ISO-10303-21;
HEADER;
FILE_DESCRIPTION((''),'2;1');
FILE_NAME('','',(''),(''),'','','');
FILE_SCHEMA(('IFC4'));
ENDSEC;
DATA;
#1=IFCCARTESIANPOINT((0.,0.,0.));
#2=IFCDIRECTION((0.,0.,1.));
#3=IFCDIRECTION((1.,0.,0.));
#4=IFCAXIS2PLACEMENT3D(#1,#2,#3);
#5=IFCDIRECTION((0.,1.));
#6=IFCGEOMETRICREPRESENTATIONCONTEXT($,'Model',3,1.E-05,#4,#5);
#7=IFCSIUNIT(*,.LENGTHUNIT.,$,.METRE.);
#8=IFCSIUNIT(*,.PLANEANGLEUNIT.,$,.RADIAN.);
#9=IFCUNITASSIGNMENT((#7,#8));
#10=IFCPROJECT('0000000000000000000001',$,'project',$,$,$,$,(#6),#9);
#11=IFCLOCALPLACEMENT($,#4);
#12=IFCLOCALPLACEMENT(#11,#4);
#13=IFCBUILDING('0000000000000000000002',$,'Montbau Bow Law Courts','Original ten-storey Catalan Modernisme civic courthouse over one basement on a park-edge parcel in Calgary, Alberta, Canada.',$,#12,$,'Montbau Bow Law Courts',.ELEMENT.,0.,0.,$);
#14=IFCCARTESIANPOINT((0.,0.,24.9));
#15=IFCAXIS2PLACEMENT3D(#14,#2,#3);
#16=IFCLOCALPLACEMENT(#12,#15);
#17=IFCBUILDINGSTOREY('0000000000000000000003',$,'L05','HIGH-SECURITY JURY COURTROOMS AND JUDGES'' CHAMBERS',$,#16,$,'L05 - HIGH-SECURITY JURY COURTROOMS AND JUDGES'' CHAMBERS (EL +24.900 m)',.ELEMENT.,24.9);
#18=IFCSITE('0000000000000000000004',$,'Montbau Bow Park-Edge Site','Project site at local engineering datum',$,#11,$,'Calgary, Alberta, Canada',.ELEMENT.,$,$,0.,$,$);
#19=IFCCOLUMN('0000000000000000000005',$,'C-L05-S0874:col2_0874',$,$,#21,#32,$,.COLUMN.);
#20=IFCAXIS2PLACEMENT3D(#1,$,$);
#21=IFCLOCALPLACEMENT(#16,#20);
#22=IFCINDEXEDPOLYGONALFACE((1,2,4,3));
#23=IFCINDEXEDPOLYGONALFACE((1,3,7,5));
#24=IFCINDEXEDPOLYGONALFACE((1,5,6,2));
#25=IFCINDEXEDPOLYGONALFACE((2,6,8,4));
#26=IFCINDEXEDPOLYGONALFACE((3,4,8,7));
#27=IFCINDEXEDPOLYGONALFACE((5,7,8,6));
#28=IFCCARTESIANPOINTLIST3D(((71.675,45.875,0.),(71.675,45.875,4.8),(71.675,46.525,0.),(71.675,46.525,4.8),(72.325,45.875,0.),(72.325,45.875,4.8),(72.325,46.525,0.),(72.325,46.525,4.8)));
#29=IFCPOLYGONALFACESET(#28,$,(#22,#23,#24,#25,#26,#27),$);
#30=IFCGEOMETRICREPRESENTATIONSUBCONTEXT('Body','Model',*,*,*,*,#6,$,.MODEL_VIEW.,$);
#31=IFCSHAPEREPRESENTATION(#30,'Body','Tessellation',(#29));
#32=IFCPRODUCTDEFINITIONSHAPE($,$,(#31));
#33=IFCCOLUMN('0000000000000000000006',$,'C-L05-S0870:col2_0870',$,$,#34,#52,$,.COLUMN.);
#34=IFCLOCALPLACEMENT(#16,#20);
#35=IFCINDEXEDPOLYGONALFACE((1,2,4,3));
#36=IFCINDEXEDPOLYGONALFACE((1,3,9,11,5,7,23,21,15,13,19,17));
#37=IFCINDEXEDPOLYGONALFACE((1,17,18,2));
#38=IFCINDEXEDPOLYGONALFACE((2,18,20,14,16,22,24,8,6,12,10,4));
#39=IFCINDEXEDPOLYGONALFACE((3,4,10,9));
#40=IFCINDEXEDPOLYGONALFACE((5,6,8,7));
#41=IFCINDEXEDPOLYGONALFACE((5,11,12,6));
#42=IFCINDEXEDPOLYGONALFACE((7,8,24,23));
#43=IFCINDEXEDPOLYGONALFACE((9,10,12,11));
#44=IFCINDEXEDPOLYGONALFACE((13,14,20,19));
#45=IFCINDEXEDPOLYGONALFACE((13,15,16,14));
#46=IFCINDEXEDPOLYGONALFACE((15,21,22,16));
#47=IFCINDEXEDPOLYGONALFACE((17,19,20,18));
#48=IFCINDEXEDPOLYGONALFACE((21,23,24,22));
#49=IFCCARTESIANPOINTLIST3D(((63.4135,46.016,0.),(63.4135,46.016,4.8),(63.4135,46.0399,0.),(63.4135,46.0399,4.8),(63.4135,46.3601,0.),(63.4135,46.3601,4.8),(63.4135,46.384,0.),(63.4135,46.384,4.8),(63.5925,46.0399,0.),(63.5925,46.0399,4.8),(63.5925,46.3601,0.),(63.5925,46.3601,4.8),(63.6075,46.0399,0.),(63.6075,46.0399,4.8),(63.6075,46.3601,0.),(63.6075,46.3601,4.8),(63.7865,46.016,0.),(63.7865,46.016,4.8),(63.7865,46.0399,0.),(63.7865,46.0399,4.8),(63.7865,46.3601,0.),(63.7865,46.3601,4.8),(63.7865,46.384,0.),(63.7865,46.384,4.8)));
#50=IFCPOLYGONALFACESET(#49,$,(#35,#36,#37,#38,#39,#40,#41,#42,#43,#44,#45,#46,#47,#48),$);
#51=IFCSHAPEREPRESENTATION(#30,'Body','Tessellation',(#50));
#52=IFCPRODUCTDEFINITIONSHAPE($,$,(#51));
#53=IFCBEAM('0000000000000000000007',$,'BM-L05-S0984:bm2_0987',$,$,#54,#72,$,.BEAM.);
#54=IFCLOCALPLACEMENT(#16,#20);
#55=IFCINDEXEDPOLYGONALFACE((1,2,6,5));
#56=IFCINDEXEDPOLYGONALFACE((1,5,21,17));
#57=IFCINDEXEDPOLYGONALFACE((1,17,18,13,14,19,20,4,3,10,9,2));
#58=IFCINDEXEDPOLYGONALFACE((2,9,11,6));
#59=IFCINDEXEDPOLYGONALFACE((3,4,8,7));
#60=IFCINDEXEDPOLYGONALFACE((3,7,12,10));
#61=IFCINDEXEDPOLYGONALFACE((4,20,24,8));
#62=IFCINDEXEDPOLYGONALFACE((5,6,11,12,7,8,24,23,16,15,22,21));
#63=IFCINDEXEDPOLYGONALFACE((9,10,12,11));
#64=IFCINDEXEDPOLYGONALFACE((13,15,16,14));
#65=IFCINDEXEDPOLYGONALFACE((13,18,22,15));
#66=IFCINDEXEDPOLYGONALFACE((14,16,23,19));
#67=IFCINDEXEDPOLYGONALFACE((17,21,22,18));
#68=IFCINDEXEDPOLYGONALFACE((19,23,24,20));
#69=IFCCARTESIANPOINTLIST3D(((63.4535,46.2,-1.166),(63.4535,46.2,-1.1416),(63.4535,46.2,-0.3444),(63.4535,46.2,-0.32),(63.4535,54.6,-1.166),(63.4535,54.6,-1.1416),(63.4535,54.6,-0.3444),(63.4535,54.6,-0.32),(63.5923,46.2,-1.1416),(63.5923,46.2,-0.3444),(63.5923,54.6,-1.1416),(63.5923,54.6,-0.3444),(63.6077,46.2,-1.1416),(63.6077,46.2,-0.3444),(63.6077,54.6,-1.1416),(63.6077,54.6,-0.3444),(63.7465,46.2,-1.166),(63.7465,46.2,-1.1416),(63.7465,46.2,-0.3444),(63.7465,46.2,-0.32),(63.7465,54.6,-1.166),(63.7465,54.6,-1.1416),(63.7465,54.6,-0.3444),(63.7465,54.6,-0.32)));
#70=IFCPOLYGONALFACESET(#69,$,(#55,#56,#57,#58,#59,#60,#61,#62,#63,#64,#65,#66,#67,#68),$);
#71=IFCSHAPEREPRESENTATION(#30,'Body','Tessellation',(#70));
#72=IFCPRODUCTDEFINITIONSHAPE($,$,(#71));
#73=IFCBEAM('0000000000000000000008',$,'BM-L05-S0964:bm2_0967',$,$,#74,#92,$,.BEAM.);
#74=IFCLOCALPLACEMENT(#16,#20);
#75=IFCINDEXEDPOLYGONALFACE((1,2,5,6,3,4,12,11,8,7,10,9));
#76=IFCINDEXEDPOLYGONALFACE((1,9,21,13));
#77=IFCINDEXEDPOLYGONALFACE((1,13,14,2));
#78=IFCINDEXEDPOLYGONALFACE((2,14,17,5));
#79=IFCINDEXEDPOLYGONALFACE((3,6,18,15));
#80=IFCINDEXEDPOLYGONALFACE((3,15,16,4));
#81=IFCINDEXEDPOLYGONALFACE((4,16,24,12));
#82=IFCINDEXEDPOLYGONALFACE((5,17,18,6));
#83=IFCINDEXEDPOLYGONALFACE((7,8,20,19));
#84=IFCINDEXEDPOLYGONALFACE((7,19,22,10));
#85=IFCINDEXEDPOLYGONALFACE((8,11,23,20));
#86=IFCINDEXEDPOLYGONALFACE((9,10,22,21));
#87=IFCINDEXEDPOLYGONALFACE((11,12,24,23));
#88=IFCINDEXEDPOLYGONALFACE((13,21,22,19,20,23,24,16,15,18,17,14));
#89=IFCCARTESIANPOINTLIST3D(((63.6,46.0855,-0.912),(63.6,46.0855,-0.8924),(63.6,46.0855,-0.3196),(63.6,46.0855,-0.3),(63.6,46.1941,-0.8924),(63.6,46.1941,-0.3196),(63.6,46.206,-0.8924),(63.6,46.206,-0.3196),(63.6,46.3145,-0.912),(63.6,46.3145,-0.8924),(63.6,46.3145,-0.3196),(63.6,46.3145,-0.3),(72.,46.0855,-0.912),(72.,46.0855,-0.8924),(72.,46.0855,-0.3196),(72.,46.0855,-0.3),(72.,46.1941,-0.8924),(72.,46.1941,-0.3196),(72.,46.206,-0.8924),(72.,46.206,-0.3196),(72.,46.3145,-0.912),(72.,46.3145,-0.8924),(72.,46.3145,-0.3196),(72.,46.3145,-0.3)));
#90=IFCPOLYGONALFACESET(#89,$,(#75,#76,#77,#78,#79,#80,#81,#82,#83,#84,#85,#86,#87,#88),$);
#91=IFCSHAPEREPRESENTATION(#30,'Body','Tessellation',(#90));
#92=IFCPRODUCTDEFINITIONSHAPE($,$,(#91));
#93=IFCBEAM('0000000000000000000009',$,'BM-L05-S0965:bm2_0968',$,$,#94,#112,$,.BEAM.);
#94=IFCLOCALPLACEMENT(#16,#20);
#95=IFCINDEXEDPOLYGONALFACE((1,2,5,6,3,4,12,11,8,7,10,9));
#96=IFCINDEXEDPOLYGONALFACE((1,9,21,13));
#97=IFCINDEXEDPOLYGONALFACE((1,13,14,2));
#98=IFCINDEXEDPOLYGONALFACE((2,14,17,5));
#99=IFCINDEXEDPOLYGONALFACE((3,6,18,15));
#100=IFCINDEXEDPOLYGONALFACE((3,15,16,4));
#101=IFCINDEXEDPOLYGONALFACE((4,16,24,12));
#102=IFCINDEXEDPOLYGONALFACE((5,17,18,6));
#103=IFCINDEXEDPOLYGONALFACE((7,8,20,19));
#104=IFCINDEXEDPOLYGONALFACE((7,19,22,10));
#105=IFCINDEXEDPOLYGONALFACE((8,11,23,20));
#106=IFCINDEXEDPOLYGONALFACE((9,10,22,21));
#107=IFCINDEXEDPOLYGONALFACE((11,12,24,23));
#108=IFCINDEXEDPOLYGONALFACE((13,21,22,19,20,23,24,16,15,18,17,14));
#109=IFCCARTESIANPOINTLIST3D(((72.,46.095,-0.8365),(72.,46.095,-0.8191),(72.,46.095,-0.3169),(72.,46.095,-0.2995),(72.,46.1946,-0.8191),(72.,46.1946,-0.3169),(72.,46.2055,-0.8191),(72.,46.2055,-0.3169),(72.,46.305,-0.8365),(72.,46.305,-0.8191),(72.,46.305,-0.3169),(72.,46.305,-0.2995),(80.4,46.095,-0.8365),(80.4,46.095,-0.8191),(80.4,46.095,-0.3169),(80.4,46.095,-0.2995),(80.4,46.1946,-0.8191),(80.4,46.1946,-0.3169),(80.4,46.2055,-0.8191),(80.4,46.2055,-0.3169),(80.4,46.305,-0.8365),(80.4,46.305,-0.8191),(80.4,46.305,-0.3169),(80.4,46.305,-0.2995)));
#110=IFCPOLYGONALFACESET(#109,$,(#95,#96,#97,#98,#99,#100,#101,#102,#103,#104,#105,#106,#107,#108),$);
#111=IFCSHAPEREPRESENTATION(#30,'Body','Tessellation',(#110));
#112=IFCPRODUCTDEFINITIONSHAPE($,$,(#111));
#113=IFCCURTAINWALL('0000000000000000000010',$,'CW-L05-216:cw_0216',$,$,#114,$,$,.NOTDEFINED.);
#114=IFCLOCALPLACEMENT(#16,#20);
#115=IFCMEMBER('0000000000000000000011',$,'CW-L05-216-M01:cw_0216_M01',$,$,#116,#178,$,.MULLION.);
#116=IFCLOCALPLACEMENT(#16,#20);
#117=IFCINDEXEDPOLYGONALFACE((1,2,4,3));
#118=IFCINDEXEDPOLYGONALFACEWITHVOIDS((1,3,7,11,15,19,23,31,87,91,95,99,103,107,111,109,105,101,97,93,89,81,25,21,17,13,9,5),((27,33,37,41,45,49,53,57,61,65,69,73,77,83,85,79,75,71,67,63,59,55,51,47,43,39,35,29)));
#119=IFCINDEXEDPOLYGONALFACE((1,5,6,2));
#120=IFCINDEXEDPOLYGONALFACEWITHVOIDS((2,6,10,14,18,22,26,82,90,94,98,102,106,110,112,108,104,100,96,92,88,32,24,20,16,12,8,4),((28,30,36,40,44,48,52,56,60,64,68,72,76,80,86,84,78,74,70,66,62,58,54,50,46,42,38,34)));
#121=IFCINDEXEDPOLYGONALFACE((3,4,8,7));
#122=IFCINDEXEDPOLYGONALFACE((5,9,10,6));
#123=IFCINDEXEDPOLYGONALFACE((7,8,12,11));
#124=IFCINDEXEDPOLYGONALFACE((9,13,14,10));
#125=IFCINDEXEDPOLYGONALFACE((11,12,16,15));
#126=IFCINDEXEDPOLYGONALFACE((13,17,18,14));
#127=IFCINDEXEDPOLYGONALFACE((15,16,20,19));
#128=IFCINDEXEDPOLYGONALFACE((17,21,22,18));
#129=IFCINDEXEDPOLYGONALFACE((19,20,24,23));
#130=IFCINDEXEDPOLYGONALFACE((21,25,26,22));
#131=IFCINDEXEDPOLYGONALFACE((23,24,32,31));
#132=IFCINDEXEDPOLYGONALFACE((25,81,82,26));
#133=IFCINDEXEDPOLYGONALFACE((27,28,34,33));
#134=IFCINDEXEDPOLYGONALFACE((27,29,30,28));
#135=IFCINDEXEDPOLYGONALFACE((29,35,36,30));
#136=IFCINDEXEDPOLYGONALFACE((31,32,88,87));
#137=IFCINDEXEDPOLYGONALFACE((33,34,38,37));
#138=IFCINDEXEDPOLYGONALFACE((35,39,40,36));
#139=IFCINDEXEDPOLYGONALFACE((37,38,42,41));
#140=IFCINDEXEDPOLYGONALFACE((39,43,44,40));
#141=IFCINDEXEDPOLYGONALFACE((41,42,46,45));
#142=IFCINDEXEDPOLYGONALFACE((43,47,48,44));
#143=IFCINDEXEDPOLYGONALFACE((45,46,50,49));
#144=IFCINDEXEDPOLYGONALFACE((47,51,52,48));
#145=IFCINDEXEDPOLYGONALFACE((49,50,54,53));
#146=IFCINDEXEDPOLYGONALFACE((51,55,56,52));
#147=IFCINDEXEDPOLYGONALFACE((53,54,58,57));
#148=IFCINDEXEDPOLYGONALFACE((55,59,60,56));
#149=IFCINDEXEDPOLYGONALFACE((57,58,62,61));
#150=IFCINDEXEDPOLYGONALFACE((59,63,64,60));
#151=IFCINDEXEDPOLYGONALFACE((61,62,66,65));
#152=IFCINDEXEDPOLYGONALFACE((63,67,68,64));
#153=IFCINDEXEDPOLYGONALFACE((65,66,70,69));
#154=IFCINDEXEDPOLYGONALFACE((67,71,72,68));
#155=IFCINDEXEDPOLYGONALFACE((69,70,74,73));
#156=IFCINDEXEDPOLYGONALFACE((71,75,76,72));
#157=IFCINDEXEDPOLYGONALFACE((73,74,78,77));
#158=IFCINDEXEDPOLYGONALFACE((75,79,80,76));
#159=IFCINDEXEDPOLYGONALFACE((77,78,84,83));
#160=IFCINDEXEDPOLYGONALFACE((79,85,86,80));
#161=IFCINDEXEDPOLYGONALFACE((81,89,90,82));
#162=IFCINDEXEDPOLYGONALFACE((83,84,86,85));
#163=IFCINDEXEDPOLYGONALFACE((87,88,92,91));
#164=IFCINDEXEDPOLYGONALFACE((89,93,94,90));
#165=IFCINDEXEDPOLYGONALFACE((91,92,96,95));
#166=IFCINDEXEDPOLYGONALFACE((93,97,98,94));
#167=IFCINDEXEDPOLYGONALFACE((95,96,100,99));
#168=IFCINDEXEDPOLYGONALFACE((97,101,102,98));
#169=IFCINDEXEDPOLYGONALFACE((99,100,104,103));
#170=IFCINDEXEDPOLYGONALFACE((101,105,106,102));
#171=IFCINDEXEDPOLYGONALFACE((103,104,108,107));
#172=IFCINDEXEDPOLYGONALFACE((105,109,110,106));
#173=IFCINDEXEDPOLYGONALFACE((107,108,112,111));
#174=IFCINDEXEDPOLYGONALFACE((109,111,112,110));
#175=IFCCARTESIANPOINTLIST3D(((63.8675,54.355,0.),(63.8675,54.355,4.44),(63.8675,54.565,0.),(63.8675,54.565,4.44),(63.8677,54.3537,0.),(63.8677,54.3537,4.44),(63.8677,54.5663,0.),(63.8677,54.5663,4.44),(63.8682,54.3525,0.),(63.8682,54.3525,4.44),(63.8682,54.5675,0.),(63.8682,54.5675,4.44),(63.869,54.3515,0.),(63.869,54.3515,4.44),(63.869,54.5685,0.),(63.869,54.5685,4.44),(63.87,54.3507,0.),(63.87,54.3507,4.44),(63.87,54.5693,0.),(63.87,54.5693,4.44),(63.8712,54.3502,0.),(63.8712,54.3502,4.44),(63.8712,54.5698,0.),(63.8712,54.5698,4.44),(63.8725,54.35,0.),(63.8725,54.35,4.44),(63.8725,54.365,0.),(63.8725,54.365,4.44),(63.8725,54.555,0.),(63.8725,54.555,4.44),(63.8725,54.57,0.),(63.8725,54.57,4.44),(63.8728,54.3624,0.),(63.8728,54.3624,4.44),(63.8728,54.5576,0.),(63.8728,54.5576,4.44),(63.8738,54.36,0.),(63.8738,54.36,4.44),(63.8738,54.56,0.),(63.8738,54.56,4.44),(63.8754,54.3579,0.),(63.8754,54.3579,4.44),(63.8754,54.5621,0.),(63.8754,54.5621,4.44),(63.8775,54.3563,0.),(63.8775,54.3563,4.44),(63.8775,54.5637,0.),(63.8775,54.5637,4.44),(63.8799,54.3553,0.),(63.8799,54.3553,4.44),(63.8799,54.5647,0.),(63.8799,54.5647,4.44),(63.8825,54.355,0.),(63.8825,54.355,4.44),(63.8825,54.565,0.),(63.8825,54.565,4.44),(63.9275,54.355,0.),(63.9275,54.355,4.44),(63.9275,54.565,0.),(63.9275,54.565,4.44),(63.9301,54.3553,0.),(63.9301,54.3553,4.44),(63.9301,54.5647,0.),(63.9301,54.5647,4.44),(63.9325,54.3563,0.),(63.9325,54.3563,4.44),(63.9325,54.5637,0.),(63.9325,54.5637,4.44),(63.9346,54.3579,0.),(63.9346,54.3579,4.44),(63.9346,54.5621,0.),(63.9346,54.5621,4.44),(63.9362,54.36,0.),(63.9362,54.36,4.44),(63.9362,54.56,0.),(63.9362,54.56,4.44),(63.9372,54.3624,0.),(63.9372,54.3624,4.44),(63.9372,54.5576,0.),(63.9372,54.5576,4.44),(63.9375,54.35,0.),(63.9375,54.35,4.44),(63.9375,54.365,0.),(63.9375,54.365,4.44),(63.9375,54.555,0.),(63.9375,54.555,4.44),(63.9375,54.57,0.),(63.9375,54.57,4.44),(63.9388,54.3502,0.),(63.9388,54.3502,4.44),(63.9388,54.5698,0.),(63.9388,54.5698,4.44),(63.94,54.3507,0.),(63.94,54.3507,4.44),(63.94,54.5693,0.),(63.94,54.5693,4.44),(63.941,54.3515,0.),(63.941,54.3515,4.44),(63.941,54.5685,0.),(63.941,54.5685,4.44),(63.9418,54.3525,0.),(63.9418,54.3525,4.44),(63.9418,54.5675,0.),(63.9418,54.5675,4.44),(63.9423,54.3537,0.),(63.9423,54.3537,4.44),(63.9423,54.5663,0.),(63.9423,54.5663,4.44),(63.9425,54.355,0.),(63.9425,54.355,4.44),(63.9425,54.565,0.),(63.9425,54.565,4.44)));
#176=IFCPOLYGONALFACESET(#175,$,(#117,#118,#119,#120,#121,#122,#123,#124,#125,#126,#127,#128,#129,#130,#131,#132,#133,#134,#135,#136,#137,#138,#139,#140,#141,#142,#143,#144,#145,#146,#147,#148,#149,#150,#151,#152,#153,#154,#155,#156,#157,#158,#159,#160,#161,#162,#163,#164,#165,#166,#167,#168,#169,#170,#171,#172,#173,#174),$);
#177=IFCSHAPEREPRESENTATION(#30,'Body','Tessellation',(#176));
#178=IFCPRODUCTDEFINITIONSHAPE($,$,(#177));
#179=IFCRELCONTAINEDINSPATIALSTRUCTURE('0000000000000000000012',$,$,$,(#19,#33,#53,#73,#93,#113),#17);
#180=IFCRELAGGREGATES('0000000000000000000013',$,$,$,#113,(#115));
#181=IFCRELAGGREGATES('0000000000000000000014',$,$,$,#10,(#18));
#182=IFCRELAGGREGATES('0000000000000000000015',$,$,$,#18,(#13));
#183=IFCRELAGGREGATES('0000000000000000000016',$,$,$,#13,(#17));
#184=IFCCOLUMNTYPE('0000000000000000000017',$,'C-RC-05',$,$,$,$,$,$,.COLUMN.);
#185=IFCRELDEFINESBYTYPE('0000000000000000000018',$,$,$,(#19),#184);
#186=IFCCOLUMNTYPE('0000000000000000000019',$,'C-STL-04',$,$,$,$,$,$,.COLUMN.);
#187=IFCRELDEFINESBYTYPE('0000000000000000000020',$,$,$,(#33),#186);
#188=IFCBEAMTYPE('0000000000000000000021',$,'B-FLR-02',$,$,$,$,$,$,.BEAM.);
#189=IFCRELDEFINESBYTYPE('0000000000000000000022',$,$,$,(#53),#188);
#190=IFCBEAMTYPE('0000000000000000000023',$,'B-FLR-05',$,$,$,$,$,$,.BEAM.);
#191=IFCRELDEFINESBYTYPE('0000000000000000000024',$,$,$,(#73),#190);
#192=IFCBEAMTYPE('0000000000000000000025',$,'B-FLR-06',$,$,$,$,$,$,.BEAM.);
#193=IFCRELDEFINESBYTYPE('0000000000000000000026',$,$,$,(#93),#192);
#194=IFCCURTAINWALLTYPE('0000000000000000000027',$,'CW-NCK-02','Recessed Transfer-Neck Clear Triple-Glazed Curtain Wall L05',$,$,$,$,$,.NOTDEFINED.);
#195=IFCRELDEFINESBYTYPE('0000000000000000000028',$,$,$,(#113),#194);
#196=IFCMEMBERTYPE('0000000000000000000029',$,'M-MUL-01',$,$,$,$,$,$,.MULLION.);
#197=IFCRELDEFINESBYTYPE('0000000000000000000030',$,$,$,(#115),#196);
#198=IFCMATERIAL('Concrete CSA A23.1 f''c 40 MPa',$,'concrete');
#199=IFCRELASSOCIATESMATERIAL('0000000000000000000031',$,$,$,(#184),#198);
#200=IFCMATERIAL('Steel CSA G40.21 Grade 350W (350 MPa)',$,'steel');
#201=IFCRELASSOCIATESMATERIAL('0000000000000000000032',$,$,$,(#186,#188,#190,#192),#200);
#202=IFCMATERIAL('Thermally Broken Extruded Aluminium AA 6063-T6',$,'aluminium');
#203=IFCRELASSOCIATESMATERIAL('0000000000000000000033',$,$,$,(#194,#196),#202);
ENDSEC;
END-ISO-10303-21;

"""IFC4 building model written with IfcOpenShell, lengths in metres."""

from ifc_helpers import new_model, si_unit, direction, frame, origin_with_axes, origin_2d_with_axis, place, context, subcontext, project, spatial, rectangle, hollow_rectangle, i_section, extrude, material, material_profile, profile_set, type_object, element, aggregate, save


model = new_model("IFC4")

# Units and contexts
model_context = context("Model", 3, precision=1e-05, world=origin_with_axes(), true_north=direction((0.0, 1.0)))
body_context = subcontext(model_context, "Body", "Model", "MODEL_VIEW")
ifc_project = project(units=[si_unit("LENGTHUNIT", "METRE"), si_unit("PLANEANGLEUNIT", "RADIAN")], contexts=[model_context])

# Site, building, storey
site_placement = place(None, origin_with_axes())
site = spatial("IfcSite", under=ifc_project, at=site_placement, Name="Montbau Bow Park-Edge Site", Description="Project site at local engineering datum", LongName="Calgary, Alberta, Canada", CompositionType="ELEMENT", RefElevation=0.0)
building_placement = place(site_placement, origin_with_axes())
building = spatial("IfcBuilding", under=site, at=building_placement, Name="Montbau Bow Law Courts", Description="Original ten-storey Catalan Modernisme civic courthouse over one basement on a park-edge parcel in Calgary, Alberta, Canada.", LongName="Montbau Bow Law Courts", CompositionType="ELEMENT", ElevationOfRefHeight=0.0, ElevationOfTerrain=0.0)
storey_placement = place(building_placement, frame((0.0, 0.0, 24.9), z_axis=(0.0, 0.0, 1.0), x_axis=(1.0, 0.0, 0.0)))
storey = spatial("IfcBuildingStorey", under=building, at=storey_placement, Name="L05", Description="HIGH-SECURITY JURY COURTROOMS AND JUDGES' CHAMBERS", LongName="L05 - HIGH-SECURITY JURY COURTROOMS AND JUDGES' CHAMBERS (EL +24.900 m)", CompositionType="ELEMENT", Elevation=24.9)

# Columns
ifc_material_1 = material(Name="Concrete CSA A23.1 f'c 40 MPa", Category="concrete")
ifc_material_profile_1 = material_profile(ifc_material_1, rectangle(XDim=0.65, YDim=0.65, at=origin_2d_with_axis()), Name="RC650X650", Category="Main", Priority=0)
ifc_profile_set_1 = profile_set([ifc_material_profile_1], Name="Concrete CSA A23.1 f'c 40 MPa")
column_type_1 = type_object("IfcColumnType", Name="C-RC-05", PredefinedType="COLUMN", material=ifc_profile_set_1)
column_1_placement = place(None, frame((72.0, 46.2, 24.9), z_axis=(0.0, 0.0, 1.0), x_axis=(1.0, 0.0, 0.0)))
element("IfcColumn", 1, at=column_1_placement, inside=storey, type_object=column_type_1, Name="C-L05-S0874:col2_0874", PredefinedType="COLUMN", context=body_context, shape_type="SweptSolid", body=[
    extrude(rectangle(XDim=0.65, YDim=0.65, at=origin_2d_with_axis()), origin_with_axes(), (0.0, 0.0, 1.0), 4.8),
])
ifc_material_2 = material(Name="Steel CSA G40.21 Grade 350W (350 MPa)", Category="steel")
ifc_material_profile_2 = material_profile(ifc_material_2, i_section(OverallWidth=0.373, OverallDepth=0.368, WebThickness=0.015, FlangeThickness=0.0239, at=origin_2d_with_axis()), Name="W360X179", Category="Main", Priority=0)
ifc_profile_set_2 = profile_set([ifc_material_profile_2], Name="Steel CSA G40.21 Grade 350W (350 MPa)")
column_type_2 = type_object("IfcColumnType", Name="C-STL-04", PredefinedType="COLUMN", material=ifc_profile_set_2)
column_2_placement = place(None, frame((63.6, 46.2, 24.9), z_axis=(0.0, 0.0, 1.0), x_axis=(1.0, 0.0, 0.0)))
element("IfcColumn", 2, at=column_2_placement, inside=storey, type_object=column_type_2, Name="C-L05-S0870:col2_0870", PredefinedType="COLUMN", context=body_context, shape_type="SweptSolid", body=[
    extrude(i_section(OverallWidth=0.373, OverallDepth=0.368, WebThickness=0.015, FlangeThickness=0.0239, at=origin_2d_with_axis()), origin_with_axes(), (0.0, 0.0, 1.0), 4.8),
])

# Beams
ifc_material_profile_3 = material_profile(ifc_material_2, i_section(OverallWidth=0.293, OverallDepth=0.846, WebThickness=0.0154, FlangeThickness=0.0244, at=origin_2d_with_axis()), Name="W840X210", Category="Main", Priority=0)
ifc_profile_set_3 = profile_set([ifc_material_profile_3], Name="Steel CSA G40.21 Grade 350W (350 MPa)")
beam_type_1 = type_object("IfcBeamType", Name="B-FLR-02", PredefinedType="BEAM", material=ifc_profile_set_3)
beam_1_placement = place(None, frame((63.6, 46.2, 24.157), z_axis=(0.0, 1.0, 0.0), x_axis=(-1.0, 0.0, 0.0)))
element("IfcBeam", 3, at=beam_1_placement, inside=storey, type_object=beam_type_1, Name="BM-L05-S0984:bm2_0987", PredefinedType="BEAM", context=body_context, shape_type="SweptSolid", body=[
    extrude(i_section(OverallWidth=0.293, OverallDepth=0.846, WebThickness=0.0154, FlangeThickness=0.0244, at=origin_2d_with_axis()), origin_with_axes(), (0.0, 0.0, 1.0), 8.4),
])
ifc_material_profile_4 = material_profile(ifc_material_2, i_section(OverallWidth=0.229, OverallDepth=0.612, WebThickness=0.0119, FlangeThickness=0.0196, at=origin_2d_with_axis()), Name="W610X125", Category="Main", Priority=0)
ifc_profile_set_4 = profile_set([ifc_material_profile_4], Name="Steel CSA G40.21 Grade 350W (350 MPa)")
beam_type_2 = type_object("IfcBeamType", Name="B-FLR-05", PredefinedType="BEAM", material=ifc_profile_set_4)
beam_2_placement = place(None, frame((63.6, 46.2, 24.294), z_axis=(1.0, 0.0, 0.0), x_axis=(0.0, 1.0, 0.0)))
element("IfcBeam", 4, at=beam_2_placement, inside=storey, type_object=beam_type_2, Name="BM-L05-S0964:bm2_0967", PredefinedType="BEAM", context=body_context, shape_type="SweptSolid", body=[
    extrude(i_section(OverallWidth=0.229, OverallDepth=0.612, WebThickness=0.0119, FlangeThickness=0.0196, at=origin_2d_with_axis()), origin_with_axes(), (0.0, 0.0, 1.0), 8.4),
])
ifc_material_profile_5 = material_profile(ifc_material_2, i_section(OverallWidth=0.21, OverallDepth=0.537, WebThickness=0.0109, FlangeThickness=0.0174, at=origin_2d_with_axis()), Name="W530X101", Category="Main", Priority=0)
ifc_profile_set_5 = profile_set([ifc_material_profile_5], Name="Steel CSA G40.21 Grade 350W (350 MPa)")
beam_type_3 = type_object("IfcBeamType", Name="B-FLR-06", PredefinedType="BEAM", material=ifc_profile_set_5)
beam_3_placement = place(None, frame((72.0, 46.2, 24.332), z_axis=(1.0, 0.0, 0.0), x_axis=(0.0, 1.0, 0.0)))
element("IfcBeam", 5, at=beam_3_placement, inside=storey, type_object=beam_type_3, Name="BM-L05-S0965:bm2_0968", PredefinedType="BEAM", context=body_context, shape_type="SweptSolid", body=[
    extrude(i_section(OverallWidth=0.21, OverallDepth=0.537, WebThickness=0.0109, FlangeThickness=0.0174, at=origin_2d_with_axis()), origin_with_axes(), (0.0, 0.0, 1.0), 8.4),
])

# Curtain wall, member
ifc_material_3 = material(Name="Thermally Broken Extruded Aluminium AA 6063-T6", Category="aluminium")
curtain_wall_type = type_object("IfcCurtainWallType", Name="CW-NCK-02", Description="Recessed Transfer-Neck Clear Triple-Glazed Curtain Wall L05", PredefinedType="NOTDEFINED", material=ifc_material_3)
curtain_wall_1_placement = place(None, frame((63.868, 54.46, 24.9), z_axis=(0.0, 0.0, 1.0), x_axis=(1.0, 0.0, 0.0)))
curtain_wall_1 = element("IfcCurtainWall", 6, at=curtain_wall_1_placement, inside=storey, type_object=curtain_wall_type, Name="CW-L05-216:cw_0216", PredefinedType="NOTDEFINED")
ifc_material_profile_6 = material_profile(ifc_material_3, hollow_rectangle(XDim=0.075, YDim=0.22, WallThickness=0.005, InnerFilletRadius=0.01, OuterFilletRadius=0.005, at=origin_2d_with_axis()), Name="CWM-220X75", Category="Main", Priority=0)
ifc_profile_set_6 = profile_set([ifc_material_profile_6], Name="Thermally Broken Extruded Aluminium AA 6063-T6")
member_type_1 = type_object("IfcMemberType", Name="M-MUL-01", PredefinedType="MULLION", material=ifc_profile_set_6)
member_1_placement = place(None, frame((63.905, 54.46, 24.9), z_axis=(0.0, 0.0, 1.0), x_axis=(1.0, 0.0, 0.0)))
member_1 = element("IfcMember", 7, at=member_1_placement, type_object=member_type_1, Name="CW-L05-216-M01:cw_0216_M01", PredefinedType="MULLION", context=body_context, shape_type="SweptSolid", body=[
    extrude(hollow_rectangle(XDim=0.075, YDim=0.22, WallThickness=0.005, InnerFilletRadius=0.01, OuterFilletRadius=0.005, at=origin_2d_with_axis()), origin_with_axes(), (0.0, 0.0, 1.0), 4.44),
])

aggregate(curtain_wall_1, [member_1])

save(model, "model.ifc")
